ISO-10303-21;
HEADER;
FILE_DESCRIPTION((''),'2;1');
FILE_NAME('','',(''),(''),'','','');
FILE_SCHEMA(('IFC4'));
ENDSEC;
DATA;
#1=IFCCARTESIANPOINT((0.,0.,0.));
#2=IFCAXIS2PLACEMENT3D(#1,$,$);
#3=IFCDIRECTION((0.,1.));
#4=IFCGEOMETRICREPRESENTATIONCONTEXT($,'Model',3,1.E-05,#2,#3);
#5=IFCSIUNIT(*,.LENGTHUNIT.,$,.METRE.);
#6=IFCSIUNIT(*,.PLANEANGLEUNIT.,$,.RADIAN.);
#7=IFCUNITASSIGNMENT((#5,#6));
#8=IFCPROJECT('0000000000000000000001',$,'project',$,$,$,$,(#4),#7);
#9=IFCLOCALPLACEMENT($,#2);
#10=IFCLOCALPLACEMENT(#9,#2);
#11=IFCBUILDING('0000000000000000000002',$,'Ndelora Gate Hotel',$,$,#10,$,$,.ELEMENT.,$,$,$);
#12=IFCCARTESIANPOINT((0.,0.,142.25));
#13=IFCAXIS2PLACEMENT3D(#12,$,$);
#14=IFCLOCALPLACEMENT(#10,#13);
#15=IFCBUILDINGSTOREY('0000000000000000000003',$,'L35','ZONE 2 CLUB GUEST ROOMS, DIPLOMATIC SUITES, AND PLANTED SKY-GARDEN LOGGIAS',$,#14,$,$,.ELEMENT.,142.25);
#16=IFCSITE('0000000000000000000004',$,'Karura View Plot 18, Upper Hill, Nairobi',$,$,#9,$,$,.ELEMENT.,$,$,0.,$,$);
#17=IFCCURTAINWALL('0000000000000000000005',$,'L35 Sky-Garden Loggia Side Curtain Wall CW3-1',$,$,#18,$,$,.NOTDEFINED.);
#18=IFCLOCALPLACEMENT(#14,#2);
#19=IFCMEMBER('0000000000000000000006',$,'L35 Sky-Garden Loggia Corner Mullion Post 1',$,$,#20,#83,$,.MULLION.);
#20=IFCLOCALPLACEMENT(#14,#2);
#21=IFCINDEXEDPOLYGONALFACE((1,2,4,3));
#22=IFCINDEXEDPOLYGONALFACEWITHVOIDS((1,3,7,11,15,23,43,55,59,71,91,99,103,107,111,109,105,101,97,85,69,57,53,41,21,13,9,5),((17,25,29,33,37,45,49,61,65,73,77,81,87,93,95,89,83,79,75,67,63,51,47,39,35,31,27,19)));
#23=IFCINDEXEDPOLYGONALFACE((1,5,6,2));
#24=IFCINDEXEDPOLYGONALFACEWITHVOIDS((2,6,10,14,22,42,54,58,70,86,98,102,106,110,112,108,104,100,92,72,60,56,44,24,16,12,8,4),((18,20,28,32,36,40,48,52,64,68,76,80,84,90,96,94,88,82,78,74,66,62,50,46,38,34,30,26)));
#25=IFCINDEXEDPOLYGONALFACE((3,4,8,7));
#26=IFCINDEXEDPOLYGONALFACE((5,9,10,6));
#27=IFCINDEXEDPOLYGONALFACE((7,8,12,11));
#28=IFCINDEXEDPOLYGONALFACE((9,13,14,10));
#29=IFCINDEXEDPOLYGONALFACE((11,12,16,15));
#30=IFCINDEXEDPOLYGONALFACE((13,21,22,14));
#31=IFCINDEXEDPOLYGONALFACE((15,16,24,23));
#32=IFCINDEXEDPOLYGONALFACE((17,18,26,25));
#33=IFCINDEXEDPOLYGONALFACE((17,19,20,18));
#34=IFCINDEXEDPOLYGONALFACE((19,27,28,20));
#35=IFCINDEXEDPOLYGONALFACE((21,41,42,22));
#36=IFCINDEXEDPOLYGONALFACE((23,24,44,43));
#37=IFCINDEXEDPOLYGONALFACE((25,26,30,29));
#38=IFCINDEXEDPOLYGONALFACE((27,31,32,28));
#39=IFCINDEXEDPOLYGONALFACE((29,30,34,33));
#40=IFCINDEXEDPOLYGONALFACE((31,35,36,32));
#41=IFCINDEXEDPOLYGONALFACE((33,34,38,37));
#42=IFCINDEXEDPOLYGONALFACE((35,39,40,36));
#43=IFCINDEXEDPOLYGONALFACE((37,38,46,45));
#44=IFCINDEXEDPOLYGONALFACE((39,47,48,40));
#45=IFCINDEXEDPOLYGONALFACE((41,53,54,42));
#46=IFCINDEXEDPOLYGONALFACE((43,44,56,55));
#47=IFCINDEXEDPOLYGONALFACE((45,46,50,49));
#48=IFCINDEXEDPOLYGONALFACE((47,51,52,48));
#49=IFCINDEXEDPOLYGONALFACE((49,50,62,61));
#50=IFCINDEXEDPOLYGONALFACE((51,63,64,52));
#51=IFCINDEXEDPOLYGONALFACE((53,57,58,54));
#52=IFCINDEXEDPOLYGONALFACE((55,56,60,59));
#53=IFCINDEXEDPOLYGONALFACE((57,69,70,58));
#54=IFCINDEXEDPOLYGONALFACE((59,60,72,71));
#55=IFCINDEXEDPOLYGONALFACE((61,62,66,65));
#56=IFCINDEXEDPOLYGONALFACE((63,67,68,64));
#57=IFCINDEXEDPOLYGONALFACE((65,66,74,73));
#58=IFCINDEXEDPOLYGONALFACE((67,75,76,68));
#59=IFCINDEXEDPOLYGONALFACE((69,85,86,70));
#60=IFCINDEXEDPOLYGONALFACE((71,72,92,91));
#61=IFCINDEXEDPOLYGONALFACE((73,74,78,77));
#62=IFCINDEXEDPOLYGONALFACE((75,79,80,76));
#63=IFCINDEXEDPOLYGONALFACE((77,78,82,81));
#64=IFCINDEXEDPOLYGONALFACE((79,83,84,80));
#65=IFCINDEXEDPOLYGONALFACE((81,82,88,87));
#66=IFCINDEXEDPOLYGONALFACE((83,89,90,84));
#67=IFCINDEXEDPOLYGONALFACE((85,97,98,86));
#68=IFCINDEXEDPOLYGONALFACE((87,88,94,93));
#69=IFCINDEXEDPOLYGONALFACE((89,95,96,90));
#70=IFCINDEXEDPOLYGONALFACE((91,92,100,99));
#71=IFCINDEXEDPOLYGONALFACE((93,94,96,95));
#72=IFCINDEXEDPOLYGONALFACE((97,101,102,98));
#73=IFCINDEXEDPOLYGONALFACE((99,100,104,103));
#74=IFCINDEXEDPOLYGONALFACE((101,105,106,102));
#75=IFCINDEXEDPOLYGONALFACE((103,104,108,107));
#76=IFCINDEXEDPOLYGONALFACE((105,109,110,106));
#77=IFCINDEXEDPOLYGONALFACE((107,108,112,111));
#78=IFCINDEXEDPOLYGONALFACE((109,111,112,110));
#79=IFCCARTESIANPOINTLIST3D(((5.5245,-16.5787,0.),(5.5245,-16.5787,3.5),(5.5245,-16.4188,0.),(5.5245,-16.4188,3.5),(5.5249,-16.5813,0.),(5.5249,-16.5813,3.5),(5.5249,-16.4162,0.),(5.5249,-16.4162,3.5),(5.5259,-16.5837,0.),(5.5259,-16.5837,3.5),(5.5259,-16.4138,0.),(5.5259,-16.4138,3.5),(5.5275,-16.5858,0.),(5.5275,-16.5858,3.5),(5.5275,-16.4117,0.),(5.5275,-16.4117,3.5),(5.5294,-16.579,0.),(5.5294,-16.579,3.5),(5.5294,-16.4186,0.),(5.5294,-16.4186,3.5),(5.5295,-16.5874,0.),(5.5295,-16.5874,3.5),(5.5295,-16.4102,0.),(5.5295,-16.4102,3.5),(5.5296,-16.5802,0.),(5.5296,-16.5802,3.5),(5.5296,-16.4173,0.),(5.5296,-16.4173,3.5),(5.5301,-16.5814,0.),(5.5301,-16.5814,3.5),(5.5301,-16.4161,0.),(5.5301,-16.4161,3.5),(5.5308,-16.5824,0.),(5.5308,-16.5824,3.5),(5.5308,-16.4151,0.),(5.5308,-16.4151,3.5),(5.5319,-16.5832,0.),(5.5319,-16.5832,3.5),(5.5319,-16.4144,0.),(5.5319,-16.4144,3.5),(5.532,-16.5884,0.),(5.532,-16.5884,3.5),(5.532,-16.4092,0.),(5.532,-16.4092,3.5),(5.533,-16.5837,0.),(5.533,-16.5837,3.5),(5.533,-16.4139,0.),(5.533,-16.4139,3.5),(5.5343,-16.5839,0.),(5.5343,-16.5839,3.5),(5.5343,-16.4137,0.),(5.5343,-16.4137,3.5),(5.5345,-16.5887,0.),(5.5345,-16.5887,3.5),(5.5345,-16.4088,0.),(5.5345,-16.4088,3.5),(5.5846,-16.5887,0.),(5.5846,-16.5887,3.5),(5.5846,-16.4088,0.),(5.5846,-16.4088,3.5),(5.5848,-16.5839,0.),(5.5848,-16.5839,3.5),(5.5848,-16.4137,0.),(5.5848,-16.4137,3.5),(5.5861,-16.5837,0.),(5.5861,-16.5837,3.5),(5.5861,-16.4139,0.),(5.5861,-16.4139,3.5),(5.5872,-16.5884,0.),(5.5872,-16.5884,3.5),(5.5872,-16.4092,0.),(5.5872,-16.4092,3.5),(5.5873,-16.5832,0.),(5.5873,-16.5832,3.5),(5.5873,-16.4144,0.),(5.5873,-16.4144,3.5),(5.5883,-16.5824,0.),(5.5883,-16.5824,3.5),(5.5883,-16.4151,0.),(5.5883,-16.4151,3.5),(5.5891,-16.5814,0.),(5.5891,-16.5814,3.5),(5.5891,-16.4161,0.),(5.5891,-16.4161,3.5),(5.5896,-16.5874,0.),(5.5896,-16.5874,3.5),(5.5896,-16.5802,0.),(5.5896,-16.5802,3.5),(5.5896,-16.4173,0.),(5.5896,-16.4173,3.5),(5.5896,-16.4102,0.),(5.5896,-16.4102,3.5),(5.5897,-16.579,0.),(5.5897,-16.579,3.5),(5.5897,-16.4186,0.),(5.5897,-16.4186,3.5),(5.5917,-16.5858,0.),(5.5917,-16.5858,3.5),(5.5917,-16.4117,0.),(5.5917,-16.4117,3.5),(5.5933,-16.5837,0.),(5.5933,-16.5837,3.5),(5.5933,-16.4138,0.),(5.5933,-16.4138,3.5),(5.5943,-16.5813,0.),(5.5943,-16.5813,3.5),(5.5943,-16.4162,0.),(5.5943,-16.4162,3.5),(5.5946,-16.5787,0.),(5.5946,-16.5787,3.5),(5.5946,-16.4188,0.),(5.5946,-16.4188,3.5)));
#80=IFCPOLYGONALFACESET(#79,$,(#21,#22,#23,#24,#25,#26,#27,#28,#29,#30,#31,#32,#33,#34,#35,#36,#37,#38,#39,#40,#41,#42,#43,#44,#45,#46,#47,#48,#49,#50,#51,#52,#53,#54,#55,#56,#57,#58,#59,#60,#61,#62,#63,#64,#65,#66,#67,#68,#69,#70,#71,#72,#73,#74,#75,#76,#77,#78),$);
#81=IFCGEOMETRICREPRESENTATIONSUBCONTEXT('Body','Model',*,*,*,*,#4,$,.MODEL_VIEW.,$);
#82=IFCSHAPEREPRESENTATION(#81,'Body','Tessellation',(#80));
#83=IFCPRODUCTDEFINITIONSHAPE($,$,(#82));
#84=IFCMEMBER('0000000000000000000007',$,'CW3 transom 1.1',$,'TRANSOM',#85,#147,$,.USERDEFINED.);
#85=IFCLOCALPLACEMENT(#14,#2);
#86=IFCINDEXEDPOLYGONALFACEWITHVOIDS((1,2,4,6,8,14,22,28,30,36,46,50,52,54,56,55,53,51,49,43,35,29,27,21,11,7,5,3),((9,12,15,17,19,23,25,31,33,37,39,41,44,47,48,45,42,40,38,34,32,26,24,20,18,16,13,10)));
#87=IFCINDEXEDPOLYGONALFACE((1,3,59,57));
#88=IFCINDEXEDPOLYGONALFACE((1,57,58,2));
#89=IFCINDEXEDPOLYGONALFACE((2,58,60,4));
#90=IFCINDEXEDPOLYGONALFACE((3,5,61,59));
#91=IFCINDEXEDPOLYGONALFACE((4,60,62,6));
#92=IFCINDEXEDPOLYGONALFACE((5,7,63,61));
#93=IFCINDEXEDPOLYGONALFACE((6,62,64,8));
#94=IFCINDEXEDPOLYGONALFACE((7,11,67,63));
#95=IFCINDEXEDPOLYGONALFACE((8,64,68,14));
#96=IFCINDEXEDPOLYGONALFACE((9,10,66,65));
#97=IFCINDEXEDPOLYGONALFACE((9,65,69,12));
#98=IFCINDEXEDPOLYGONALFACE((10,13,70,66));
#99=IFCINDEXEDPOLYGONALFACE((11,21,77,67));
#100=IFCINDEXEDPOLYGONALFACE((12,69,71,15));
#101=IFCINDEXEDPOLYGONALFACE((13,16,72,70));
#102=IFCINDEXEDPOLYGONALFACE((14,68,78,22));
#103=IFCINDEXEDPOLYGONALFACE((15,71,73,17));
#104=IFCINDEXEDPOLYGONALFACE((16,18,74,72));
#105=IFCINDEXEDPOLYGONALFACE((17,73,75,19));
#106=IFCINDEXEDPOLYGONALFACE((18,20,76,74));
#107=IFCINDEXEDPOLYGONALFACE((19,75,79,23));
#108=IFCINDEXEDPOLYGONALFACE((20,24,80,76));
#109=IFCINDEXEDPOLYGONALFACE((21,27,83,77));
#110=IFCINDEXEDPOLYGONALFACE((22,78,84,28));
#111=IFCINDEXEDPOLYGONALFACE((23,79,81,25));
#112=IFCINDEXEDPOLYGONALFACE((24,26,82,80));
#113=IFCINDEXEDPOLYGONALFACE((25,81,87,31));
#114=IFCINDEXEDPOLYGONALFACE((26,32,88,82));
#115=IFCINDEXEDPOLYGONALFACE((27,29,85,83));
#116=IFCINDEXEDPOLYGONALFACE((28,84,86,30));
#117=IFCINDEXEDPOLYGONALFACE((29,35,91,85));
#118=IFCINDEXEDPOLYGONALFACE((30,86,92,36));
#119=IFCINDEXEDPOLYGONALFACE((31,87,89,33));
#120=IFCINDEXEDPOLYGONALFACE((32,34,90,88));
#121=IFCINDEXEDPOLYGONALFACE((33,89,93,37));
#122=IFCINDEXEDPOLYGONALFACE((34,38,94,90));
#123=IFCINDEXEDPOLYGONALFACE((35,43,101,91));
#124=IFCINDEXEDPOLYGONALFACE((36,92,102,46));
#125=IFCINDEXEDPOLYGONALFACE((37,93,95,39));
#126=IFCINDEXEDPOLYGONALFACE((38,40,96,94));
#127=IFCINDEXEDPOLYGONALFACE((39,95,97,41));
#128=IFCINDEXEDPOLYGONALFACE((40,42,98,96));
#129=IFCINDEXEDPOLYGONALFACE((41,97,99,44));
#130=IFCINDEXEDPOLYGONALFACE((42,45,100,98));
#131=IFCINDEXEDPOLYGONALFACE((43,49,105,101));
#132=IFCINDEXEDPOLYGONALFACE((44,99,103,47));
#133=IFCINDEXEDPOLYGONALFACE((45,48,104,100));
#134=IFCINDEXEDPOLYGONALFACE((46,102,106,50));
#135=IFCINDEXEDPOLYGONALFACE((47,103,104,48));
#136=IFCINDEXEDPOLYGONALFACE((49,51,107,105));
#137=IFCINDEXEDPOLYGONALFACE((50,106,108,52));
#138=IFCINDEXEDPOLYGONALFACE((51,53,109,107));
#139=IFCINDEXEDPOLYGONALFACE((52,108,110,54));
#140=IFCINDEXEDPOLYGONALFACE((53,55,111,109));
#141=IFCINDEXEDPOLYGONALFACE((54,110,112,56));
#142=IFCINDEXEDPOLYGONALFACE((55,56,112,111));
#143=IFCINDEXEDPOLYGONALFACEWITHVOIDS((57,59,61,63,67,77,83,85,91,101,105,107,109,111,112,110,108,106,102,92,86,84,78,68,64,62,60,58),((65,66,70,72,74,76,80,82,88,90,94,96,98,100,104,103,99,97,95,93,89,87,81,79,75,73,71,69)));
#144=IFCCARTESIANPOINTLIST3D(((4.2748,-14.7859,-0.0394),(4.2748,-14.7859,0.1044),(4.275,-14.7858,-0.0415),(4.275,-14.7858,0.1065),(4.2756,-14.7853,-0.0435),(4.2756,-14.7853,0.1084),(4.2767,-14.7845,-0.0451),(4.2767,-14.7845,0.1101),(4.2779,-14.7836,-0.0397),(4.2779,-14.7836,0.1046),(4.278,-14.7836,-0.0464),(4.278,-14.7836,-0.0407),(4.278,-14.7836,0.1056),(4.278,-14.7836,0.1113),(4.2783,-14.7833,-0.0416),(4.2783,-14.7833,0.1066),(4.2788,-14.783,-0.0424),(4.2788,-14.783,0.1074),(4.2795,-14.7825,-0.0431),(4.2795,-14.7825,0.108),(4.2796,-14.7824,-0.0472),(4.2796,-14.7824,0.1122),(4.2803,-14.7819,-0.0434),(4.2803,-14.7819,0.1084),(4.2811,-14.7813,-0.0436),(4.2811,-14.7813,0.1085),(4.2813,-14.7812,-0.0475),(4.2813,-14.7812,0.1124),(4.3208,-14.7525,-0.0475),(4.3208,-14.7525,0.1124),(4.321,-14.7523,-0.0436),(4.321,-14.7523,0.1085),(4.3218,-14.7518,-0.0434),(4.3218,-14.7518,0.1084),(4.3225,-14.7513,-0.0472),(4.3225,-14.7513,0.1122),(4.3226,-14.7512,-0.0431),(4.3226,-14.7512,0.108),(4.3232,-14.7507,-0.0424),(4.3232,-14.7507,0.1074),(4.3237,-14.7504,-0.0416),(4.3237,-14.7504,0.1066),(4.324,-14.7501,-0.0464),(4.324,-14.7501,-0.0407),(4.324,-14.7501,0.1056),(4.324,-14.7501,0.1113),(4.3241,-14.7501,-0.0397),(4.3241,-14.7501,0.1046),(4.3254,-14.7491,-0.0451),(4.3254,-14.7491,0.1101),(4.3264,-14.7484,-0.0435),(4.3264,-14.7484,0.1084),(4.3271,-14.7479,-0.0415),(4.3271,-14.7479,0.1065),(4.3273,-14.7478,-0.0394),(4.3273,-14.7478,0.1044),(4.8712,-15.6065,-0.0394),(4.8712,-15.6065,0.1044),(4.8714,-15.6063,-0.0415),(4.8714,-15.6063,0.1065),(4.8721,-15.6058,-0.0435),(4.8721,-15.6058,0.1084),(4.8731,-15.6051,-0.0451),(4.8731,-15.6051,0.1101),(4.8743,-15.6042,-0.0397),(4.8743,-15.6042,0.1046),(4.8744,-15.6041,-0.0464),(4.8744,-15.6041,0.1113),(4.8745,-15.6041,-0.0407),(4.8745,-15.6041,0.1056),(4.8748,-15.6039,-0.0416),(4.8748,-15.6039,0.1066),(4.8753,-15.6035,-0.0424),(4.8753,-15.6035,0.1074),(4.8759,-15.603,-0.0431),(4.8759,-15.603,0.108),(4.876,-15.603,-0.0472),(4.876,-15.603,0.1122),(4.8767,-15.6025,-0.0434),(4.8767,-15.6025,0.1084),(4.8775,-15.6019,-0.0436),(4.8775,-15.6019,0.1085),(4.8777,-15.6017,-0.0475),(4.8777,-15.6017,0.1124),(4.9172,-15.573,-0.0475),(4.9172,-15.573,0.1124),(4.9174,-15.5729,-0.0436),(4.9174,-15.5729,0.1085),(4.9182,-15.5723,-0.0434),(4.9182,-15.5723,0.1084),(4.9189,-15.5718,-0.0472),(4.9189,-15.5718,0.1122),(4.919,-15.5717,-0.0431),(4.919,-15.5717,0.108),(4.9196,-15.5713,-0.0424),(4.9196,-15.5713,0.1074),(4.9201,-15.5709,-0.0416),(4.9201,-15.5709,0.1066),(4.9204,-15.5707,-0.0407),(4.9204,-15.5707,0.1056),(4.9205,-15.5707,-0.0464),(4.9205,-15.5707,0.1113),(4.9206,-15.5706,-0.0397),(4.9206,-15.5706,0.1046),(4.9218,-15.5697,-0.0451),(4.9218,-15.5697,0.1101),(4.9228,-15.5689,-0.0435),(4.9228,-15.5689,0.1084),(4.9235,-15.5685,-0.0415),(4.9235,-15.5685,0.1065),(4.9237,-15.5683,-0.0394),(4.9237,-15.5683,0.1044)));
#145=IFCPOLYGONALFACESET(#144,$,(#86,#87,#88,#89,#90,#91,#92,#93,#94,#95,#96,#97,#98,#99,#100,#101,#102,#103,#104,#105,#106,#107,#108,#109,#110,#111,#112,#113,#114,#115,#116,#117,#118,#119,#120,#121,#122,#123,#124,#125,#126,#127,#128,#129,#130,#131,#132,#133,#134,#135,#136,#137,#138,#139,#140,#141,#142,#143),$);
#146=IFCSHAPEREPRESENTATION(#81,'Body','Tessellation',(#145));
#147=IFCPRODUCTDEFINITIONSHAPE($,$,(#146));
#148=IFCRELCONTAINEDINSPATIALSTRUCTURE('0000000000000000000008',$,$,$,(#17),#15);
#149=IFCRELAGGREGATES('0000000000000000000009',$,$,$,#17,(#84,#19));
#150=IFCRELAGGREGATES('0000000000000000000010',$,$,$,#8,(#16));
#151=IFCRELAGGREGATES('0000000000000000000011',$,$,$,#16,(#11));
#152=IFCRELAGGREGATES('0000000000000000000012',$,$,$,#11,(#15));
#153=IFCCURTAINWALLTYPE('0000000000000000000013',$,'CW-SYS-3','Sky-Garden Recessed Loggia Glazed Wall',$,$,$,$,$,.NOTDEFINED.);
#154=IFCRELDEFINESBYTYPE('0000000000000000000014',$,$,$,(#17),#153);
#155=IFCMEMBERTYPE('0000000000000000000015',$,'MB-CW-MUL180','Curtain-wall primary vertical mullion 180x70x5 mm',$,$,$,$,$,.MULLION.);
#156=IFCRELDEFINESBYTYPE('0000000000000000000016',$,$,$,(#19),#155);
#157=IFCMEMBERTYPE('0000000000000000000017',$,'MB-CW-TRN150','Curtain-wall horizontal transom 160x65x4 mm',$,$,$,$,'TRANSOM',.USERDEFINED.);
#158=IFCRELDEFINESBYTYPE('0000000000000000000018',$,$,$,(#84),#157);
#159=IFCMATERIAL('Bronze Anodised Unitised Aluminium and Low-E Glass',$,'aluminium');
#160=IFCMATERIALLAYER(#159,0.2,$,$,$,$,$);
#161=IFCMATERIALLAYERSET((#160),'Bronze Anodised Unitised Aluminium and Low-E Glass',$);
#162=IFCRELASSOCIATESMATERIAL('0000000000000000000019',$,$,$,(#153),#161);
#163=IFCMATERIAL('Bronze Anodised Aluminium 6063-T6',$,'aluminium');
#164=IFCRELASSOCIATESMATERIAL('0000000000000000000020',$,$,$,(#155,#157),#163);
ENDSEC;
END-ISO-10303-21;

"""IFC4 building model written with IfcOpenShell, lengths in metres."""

from ifc_helpers import new_model, si_unit, direction, frame, origin, origin_2d, place, context, subcontext, project, spatial, hollow_rectangle, extrude, material, layer, layer_set, material_profile, profile_set, type_object, element, aggregate, save


model = new_model("IFC4")

# Units and contexts
model_context = context("Model", 3, precision=1e-05, world=origin(), true_north=direction((0.0, 1.0)))
body_context = subcontext(model_context, "Body", "Model", "MODEL_VIEW")
ifc_project = project(units=[si_unit("LENGTHUNIT", "METRE"), si_unit("PLANEANGLEUNIT", "RADIAN")], contexts=[model_context])

# Site, building, storey
site_placement = place(None, origin())
site = spatial("IfcSite", under=ifc_project, at=site_placement, Name="Karura View Plot 18, Upper Hill, Nairobi", CompositionType="ELEMENT", RefElevation=0.0)
building_placement = place(site_placement, origin())
building = spatial("IfcBuilding", under=site, at=building_placement, Name="Ndelora Gate Hotel", CompositionType="ELEMENT")
storey_placement = place(building_placement, frame((0.0, 0.0, 142.25)))
storey = spatial("IfcBuildingStorey", under=building, at=storey_placement, Name="L35", Description="ZONE 2 CLUB GUEST ROOMS, DIPLOMATIC SUITES, AND PLANTED SKY-GARDEN LOGGIAS", CompositionType="ELEMENT", Elevation=142.25)

# Curtain wall, members
ifc_material_1 = material(Name="Bronze Anodised Unitised Aluminium and Low-E Glass", Category="aluminium")
ifc_layer_1 = layer(ifc_material_1, 0.2)
ifc_layer_set_1 = layer_set([ifc_layer_1], Name="Bronze Anodised Unitised Aluminium and Low-E Glass")
curtain_wall_type = type_object("IfcCurtainWallType", Name="CW-SYS-3", Description="Sky-Garden Recessed Loggia Glazed Wall", PredefinedType="NOTDEFINED", material=ifc_layer_set_1)
curtain_wall_placement = place(storey_placement, origin())
curtain_wall = element("IfcCurtainWall", 1, at=curtain_wall_placement, inside=storey, type_object=curtain_wall_type, Name="L35 Sky-Garden Loggia Side Curtain Wall CW3-1", PredefinedType="NOTDEFINED")
ifc_material_2 = material(Name="Bronze Anodised Aluminium 6063-T6", Category="aluminium")
ifc_material_profile_1 = material_profile(ifc_material_2, hollow_rectangle(XDim=0.0701, YDim=0.1799, WallThickness=0.0049, InnerFilletRadius=0.0049, OuterFilletRadius=0.01, at=origin_2d()), Name="ALU 180x70x5")
ifc_profile_set_1 = profile_set([ifc_material_profile_1], Name="Bronze Anodised Aluminium 6063-T6")
member_type_1 = type_object("IfcMemberType", Name="MB-CW-MUL180", Description="Curtain-wall primary vertical mullion 180x70x5 mm", PredefinedType="MULLION", material=ifc_profile_set_1)
member_1_placement = place(storey_placement, frame((5.5596, -16.4988, 0.0), z_axis=(0.0, 0.0, 1.0), x_axis=(1.0, 0.0, 0.0)))
member_1 = element("IfcMember", 2, at=member_1_placement, type_object=member_type_1, Name="L35 Sky-Garden Loggia Corner Mullion Post 1", PredefinedType="MULLION", context=body_context, shape_type="SweptSolid", body=[
    extrude(hollow_rectangle(XDim=0.0701, YDim=0.1799, WallThickness=0.0049, InnerFilletRadius=0.0049, OuterFilletRadius=0.01, at=origin_2d()), origin(), (0.0, 0.0, 1.0), 3.5),
])
ifc_material_profile_2 = material_profile(ifc_material_2, hollow_rectangle(XDim=0.0649, YDim=0.1599, WallThickness=0.0039, InnerFilletRadius=0.0039, OuterFilletRadius=0.0081, at=origin_2d()), Name="ALU 160x65x4")
ifc_profile_set_2 = profile_set([ifc_material_profile_2], Name="Bronze Anodised Aluminium 6063-T6")
member_type_2 = type_object("IfcMemberType", Name="MB-CW-TRN150", Description="Curtain-wall horizontal transom 160x65x4 mm", ElementType="TRANSOM", PredefinedType="USERDEFINED", material=ifc_profile_set_2)
member_2_placement = place(storey_placement, frame((4.301, -14.7668, 0.0325), z_axis=(0.587957, -0.808892, 0.0), x_axis=(0.808892, 0.587957, 0.0)))
member_2 = element("IfcMember", 3, at=member_2_placement, type_object=member_type_2, Name="CW3 transom 1.1", ObjectType="TRANSOM", PredefinedType="USERDEFINED", context=body_context, shape_type="SweptSolid", body=[
    extrude(hollow_rectangle(XDim=0.0649, YDim=0.1599, WallThickness=0.0039, InnerFilletRadius=0.0039, OuterFilletRadius=0.0081, at=origin_2d()), origin(), (0.0, 0.0, 1.0), 1.0144),
])
aggregate(curtain_wall, [member_2, member_1])

save(model, "model.ifc")
